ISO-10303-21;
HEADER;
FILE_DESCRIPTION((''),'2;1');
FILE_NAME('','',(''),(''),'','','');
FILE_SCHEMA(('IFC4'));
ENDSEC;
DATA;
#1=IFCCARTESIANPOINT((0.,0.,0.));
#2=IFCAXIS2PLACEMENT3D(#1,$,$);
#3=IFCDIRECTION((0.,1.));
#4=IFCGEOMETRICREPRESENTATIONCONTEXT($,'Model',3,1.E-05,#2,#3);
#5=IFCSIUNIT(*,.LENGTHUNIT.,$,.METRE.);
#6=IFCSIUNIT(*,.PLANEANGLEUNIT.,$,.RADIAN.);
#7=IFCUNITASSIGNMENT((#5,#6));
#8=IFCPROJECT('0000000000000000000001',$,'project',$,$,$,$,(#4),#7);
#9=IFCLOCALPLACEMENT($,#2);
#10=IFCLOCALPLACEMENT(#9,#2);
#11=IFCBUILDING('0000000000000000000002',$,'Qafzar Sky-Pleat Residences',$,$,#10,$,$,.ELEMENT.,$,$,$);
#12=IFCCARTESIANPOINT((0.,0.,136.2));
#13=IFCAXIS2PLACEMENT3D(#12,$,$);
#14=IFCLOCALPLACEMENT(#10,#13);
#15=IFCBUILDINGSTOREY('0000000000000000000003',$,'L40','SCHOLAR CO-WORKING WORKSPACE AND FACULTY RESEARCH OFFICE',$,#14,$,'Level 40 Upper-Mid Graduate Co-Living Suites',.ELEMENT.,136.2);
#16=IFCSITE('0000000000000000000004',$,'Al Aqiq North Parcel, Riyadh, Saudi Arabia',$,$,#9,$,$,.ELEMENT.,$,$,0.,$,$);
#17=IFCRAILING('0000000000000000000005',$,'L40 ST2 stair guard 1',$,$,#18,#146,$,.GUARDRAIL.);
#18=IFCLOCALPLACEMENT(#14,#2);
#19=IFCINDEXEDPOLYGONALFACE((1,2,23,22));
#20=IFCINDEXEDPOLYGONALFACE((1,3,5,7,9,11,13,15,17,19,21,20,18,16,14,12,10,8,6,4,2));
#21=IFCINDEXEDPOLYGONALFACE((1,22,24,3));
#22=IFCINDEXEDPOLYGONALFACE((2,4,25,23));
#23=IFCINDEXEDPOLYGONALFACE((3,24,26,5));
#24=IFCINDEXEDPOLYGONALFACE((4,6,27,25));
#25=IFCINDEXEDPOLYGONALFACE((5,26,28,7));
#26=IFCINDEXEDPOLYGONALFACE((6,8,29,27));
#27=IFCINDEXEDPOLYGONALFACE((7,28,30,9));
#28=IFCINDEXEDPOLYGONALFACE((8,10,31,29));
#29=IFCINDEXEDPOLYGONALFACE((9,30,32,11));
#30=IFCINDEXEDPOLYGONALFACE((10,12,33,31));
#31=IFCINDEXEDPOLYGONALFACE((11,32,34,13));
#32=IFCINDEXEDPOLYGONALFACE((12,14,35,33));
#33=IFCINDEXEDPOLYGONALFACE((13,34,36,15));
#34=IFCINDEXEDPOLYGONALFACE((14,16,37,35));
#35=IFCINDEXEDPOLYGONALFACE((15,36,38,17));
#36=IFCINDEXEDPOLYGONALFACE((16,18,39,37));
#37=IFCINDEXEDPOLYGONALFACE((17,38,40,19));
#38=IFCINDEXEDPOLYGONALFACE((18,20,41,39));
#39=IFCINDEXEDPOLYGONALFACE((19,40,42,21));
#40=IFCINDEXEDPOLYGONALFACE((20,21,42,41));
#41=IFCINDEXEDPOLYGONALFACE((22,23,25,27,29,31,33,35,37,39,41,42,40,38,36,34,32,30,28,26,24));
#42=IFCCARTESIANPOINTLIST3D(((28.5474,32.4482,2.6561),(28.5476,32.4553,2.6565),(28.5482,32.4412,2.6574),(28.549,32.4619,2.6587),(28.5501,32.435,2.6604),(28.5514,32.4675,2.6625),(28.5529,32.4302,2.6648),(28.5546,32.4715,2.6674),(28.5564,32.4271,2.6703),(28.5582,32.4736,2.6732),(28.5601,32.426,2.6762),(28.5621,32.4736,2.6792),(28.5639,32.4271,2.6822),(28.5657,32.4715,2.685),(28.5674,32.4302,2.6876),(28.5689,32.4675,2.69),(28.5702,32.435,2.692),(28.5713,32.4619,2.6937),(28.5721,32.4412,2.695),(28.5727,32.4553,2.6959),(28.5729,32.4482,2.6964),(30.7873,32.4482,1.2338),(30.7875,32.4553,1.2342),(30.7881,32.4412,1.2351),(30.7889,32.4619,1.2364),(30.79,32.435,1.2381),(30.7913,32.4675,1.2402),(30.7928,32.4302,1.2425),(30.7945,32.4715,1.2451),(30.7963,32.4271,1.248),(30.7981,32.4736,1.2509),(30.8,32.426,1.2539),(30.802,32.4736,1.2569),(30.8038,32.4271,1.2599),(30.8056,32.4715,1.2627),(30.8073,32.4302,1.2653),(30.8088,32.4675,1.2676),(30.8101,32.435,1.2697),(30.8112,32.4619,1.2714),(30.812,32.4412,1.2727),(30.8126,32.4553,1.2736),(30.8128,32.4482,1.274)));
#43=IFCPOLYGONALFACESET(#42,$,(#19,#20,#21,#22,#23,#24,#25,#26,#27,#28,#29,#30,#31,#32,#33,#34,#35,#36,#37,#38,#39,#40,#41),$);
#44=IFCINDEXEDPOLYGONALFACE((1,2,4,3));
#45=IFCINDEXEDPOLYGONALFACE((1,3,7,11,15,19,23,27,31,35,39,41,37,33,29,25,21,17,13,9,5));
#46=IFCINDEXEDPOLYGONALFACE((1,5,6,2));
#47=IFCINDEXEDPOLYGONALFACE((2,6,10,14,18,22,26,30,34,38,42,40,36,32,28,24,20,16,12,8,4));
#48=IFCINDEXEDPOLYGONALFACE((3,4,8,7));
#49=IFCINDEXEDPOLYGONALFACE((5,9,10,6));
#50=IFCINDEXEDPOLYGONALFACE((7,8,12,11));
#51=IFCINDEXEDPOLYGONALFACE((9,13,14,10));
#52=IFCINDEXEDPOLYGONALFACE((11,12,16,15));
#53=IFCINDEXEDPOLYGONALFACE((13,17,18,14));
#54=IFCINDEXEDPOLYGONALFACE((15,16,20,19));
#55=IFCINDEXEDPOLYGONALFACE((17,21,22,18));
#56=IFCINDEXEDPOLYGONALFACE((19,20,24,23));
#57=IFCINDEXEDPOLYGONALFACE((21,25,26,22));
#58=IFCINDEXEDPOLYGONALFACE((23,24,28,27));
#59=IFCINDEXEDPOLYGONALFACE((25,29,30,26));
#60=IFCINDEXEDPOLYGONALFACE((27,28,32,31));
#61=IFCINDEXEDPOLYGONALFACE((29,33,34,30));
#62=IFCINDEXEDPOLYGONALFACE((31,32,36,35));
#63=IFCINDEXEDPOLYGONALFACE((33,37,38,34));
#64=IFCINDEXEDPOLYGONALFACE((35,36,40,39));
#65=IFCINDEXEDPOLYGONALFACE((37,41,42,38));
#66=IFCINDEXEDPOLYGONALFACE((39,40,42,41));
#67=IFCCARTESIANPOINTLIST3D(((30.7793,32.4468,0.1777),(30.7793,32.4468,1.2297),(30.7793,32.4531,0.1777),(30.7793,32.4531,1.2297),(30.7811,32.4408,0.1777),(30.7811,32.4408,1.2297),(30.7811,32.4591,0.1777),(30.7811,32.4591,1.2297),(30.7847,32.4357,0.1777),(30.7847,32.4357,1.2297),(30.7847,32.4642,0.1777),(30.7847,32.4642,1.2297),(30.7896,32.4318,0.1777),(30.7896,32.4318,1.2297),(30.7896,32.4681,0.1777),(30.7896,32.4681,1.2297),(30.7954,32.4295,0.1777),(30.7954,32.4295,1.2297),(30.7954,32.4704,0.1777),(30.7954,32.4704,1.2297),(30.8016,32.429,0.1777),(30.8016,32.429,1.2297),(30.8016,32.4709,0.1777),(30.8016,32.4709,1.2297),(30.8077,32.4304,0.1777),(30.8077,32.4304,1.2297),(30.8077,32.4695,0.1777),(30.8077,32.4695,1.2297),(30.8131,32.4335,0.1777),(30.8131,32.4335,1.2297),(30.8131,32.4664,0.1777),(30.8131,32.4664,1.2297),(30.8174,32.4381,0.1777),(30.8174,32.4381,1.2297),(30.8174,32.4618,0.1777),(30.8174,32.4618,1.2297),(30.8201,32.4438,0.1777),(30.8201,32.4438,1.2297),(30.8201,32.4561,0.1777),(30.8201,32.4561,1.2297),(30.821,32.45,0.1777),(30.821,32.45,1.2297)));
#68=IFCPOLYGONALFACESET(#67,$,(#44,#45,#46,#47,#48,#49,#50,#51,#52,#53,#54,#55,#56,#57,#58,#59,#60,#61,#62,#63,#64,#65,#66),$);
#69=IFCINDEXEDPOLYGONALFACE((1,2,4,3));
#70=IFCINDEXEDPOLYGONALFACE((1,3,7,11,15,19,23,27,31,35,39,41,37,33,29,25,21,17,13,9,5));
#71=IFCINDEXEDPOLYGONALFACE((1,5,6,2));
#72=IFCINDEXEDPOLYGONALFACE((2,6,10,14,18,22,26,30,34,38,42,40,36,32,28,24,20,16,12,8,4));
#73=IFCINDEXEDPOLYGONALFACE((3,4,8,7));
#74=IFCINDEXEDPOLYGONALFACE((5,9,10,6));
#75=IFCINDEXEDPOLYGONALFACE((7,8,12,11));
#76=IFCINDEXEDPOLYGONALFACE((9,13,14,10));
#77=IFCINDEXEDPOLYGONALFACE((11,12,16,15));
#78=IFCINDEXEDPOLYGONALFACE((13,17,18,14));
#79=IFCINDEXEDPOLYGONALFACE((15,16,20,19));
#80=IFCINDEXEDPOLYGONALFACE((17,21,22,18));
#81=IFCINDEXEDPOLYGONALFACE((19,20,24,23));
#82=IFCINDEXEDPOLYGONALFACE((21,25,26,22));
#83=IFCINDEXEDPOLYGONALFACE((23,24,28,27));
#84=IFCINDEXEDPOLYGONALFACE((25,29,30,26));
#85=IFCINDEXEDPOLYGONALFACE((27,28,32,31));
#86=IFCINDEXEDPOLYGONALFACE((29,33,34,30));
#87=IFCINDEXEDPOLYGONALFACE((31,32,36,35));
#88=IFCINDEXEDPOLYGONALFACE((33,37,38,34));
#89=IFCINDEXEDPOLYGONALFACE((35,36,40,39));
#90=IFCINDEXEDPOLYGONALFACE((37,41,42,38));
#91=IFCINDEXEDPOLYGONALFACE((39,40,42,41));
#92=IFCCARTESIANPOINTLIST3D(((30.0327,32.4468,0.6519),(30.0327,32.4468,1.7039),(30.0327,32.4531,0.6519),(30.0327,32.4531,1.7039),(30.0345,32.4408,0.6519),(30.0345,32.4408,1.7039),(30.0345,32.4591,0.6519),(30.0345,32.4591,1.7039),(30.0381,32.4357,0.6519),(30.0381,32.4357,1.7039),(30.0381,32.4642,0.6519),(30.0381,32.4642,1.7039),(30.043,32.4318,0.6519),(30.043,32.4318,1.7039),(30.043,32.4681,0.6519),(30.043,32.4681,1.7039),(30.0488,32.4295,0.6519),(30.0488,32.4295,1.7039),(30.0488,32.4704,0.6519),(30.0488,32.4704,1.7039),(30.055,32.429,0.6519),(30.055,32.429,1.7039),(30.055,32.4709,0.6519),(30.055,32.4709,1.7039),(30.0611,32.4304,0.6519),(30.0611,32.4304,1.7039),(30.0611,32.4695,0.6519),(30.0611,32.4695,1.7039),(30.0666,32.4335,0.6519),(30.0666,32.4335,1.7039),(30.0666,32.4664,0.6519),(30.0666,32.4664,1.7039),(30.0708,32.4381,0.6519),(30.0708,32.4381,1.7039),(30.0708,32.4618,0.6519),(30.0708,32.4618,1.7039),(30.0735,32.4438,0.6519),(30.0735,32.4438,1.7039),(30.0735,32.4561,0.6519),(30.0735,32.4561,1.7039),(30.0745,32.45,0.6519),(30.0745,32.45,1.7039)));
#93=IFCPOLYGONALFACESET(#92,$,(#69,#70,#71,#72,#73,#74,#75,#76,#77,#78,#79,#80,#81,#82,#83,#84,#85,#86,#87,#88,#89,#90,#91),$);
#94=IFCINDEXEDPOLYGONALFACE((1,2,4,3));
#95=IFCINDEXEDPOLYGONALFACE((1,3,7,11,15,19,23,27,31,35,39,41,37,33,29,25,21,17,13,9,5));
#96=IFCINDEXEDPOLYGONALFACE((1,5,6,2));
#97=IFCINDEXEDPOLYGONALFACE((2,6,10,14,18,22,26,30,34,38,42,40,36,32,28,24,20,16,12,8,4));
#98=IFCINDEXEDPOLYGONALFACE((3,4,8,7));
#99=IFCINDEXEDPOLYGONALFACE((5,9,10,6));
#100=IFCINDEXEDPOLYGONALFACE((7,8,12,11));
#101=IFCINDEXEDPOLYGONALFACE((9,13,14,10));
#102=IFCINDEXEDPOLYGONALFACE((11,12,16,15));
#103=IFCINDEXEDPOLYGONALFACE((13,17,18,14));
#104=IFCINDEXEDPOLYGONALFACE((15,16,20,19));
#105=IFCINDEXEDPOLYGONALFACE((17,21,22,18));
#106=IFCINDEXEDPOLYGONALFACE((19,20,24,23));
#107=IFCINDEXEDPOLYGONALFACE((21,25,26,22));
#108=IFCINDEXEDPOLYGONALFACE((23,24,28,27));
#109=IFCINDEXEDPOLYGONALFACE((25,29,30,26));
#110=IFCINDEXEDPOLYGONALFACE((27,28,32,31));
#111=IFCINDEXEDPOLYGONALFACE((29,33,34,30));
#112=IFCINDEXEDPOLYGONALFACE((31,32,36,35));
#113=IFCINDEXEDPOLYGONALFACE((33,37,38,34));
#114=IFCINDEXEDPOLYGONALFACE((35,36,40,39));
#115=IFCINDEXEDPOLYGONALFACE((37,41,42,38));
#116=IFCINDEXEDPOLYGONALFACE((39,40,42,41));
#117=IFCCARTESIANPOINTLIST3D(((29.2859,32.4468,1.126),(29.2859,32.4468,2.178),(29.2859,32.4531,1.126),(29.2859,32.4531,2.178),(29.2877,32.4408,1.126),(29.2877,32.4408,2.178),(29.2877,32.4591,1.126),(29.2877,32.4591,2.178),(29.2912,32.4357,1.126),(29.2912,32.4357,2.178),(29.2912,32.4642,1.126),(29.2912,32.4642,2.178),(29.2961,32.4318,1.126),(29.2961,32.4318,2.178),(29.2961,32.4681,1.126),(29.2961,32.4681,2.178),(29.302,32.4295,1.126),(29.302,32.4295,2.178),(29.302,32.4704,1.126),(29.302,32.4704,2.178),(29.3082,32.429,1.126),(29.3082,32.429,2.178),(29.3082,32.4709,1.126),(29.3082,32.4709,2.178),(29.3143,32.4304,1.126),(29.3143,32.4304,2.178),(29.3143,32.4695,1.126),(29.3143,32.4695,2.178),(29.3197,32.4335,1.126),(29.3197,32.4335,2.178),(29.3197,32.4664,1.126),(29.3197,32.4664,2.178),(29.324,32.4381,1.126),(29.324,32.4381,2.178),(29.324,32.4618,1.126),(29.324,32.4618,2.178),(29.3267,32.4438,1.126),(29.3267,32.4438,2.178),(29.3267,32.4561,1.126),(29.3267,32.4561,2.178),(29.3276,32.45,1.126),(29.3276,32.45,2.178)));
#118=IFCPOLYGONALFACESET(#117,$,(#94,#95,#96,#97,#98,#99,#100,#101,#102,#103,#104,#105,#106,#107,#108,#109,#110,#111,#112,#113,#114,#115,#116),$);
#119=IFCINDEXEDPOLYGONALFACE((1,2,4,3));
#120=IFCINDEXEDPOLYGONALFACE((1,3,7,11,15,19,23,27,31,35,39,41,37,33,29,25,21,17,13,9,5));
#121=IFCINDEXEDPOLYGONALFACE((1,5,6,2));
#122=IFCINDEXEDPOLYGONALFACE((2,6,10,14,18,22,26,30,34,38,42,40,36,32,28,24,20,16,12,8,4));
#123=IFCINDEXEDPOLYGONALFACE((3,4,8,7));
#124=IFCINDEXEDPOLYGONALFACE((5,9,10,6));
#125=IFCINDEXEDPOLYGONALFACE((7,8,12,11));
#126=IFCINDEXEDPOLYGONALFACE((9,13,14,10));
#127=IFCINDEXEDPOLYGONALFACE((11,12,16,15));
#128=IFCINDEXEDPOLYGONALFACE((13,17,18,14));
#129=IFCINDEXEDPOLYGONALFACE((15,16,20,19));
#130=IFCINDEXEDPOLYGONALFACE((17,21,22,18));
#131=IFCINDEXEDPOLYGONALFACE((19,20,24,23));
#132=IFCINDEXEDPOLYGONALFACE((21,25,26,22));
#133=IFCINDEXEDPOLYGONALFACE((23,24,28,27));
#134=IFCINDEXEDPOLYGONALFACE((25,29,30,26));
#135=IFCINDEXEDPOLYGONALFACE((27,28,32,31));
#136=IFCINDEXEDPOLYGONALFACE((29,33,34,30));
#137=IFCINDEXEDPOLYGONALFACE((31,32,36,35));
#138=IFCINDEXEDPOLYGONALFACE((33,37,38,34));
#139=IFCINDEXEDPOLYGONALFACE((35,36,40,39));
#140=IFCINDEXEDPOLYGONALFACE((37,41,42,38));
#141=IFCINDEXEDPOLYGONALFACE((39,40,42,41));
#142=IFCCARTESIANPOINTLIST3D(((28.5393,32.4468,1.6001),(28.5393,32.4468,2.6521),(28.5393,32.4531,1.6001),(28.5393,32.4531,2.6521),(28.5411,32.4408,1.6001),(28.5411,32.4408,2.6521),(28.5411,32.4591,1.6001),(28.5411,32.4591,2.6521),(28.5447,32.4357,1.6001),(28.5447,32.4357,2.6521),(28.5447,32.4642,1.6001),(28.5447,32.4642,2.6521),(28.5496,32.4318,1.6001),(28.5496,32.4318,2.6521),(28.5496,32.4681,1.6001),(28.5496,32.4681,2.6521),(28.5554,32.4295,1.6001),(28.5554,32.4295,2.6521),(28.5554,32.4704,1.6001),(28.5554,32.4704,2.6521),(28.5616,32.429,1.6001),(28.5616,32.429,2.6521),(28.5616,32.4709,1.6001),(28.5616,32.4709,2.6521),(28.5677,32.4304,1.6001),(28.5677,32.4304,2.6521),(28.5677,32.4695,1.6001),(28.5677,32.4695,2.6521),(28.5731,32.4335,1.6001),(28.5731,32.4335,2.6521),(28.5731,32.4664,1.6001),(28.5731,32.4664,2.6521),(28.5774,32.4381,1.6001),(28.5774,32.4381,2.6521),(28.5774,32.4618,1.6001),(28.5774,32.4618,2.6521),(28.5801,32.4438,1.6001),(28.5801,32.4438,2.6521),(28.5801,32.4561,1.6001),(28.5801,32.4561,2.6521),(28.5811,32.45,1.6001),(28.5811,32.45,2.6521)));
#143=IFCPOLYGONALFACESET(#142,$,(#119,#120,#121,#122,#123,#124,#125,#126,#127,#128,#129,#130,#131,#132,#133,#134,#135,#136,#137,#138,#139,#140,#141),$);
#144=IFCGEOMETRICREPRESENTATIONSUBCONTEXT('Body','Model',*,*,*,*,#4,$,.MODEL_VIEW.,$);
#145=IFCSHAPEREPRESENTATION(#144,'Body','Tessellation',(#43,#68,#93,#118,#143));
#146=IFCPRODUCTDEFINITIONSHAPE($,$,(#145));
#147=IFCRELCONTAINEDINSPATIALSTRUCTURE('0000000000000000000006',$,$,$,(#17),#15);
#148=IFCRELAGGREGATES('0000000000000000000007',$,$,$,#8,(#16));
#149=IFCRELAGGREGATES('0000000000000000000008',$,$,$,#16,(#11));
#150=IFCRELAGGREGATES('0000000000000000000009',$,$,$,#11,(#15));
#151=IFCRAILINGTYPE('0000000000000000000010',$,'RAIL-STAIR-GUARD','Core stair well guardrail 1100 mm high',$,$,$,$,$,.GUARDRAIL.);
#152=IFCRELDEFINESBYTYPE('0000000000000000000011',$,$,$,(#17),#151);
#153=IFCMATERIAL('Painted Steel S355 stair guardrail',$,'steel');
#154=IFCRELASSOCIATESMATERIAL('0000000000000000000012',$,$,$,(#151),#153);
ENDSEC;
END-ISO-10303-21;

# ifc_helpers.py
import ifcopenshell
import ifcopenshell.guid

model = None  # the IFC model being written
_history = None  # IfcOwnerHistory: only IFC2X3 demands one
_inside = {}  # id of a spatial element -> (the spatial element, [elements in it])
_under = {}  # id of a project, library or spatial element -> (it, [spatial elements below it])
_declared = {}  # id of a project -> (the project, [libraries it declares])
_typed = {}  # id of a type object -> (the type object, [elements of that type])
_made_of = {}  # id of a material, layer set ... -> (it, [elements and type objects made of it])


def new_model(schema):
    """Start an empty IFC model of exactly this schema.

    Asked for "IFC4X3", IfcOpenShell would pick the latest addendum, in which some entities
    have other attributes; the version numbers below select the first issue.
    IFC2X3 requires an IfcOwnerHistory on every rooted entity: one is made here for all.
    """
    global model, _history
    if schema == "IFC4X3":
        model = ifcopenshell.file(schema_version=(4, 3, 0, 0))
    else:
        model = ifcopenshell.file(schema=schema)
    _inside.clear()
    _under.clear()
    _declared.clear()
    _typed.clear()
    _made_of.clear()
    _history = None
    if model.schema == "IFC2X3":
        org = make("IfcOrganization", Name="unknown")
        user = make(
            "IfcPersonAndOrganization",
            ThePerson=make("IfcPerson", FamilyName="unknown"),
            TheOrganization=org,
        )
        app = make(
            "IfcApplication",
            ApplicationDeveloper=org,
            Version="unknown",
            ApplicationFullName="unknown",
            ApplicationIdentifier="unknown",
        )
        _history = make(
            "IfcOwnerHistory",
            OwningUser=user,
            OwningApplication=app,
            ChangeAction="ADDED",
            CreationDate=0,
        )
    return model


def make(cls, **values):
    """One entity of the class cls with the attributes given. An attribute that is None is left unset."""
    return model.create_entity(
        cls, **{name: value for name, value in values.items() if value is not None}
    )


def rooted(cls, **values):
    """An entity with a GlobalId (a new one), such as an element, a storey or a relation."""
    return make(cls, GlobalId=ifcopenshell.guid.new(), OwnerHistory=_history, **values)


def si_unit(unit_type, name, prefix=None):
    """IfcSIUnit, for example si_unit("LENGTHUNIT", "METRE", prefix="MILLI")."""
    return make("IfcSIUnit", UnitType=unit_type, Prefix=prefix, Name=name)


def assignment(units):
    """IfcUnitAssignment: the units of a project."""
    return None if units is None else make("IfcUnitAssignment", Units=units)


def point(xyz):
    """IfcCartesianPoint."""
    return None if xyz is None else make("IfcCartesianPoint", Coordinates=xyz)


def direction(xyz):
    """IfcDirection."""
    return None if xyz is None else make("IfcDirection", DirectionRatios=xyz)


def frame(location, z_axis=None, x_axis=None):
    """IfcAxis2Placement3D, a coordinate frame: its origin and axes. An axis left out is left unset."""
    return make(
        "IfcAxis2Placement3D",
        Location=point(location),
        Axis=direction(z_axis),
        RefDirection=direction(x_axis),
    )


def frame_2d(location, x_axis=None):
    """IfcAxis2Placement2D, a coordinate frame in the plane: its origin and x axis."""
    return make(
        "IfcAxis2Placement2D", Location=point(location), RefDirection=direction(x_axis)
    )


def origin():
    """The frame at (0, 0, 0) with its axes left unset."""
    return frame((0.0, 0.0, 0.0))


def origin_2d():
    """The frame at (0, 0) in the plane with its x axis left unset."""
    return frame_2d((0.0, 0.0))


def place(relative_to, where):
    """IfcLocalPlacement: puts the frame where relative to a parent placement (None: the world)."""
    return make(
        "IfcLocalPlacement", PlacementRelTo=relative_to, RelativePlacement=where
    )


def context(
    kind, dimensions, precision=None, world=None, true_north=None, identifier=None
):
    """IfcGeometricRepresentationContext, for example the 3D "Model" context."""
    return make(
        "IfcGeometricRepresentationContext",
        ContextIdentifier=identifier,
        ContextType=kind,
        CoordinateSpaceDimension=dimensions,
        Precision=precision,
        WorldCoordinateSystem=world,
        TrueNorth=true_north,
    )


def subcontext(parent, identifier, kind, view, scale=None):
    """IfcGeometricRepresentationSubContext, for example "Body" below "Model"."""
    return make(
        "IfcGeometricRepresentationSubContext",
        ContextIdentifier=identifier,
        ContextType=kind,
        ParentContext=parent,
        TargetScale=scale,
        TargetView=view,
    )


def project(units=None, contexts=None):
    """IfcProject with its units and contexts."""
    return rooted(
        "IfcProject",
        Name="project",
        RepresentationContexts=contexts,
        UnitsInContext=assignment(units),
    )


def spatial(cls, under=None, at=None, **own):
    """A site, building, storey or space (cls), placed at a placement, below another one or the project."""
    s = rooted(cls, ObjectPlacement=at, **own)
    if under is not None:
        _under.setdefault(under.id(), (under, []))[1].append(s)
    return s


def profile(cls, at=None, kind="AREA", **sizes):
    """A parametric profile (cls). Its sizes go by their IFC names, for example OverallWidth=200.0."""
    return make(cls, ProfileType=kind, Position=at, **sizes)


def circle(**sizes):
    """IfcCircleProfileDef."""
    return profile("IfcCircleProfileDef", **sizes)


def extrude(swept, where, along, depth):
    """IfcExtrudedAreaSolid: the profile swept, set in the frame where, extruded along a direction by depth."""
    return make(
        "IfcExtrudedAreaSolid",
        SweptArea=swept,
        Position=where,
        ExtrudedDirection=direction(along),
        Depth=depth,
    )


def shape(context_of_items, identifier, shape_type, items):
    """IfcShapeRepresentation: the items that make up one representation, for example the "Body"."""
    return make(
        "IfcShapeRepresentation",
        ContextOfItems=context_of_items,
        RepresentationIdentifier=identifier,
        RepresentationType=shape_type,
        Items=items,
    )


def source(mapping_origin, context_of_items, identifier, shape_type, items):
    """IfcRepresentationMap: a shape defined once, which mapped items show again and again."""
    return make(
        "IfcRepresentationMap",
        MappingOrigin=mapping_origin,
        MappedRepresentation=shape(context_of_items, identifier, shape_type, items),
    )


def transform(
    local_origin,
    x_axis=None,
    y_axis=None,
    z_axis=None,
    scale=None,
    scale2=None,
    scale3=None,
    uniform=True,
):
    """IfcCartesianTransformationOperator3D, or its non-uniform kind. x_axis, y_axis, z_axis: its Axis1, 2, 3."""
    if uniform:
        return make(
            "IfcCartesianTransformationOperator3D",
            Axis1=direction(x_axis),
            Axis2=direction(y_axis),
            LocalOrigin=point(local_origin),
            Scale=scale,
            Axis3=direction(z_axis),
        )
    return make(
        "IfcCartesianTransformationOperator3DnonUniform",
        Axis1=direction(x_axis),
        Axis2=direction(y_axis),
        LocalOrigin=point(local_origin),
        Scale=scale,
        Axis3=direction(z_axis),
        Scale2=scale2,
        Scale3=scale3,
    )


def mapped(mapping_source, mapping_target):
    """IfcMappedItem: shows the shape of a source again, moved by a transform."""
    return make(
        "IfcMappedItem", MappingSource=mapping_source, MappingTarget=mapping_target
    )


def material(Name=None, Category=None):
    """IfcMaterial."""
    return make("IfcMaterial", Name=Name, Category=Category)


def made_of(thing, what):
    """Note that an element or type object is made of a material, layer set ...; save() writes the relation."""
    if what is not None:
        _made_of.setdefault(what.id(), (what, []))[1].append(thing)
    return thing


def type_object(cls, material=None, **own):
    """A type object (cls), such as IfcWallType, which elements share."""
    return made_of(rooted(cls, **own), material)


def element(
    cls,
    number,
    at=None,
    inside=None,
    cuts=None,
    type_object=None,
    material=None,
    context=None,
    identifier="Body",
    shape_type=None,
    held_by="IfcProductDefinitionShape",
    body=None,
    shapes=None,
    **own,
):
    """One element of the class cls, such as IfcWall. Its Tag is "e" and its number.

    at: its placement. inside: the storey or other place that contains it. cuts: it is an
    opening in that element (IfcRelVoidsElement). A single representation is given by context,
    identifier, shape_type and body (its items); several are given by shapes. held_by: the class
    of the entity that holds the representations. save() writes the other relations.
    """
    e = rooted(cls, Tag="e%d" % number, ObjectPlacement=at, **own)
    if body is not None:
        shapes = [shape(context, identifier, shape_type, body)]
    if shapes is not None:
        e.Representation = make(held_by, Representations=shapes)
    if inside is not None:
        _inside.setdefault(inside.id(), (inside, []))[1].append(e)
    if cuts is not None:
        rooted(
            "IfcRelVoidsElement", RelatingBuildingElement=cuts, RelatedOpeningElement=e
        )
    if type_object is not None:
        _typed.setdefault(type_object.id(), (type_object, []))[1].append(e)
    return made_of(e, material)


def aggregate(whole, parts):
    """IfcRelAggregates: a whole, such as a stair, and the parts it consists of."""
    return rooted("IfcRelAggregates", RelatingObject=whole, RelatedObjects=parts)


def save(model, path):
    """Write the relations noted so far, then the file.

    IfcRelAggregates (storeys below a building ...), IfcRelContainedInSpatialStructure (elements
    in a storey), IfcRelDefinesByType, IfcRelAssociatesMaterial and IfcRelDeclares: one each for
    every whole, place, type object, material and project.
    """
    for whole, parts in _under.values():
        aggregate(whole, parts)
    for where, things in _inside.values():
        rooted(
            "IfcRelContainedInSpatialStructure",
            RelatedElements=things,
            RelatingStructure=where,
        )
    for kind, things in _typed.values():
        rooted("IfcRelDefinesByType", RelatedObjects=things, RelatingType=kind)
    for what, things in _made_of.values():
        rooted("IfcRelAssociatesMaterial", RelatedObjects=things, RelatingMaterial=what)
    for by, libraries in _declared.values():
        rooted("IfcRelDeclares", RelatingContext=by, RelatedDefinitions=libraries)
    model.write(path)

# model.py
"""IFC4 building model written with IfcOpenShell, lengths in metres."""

from ifc_helpers import new_model, si_unit, direction, frame, origin, origin_2d, place, context, subcontext, project, spatial, circle, extrude, source, transform, mapped, material, type_object, element, save


model = new_model("IFC4")

# Units and contexts
model_context = context("Model", 3, precision=1e-05, world=origin(), true_north=direction((0.0, 1.0)))
body_context = subcontext(model_context, "Body", "Model", "MODEL_VIEW")
ifc_project = project(units=[si_unit("LENGTHUNIT", "METRE"), si_unit("PLANEANGLEUNIT", "RADIAN")], contexts=[model_context])

# Site, building, storey
site_placement = place(None, origin())
site = spatial("IfcSite", under=ifc_project, at=site_placement, Name="Al Aqiq North Parcel, Riyadh, Saudi Arabia", CompositionType="ELEMENT", RefElevation=0.0)
building_placement = place(site_placement, origin())
building = spatial("IfcBuilding", under=site, at=building_placement, Name="Qafzar Sky-Pleat Residences", CompositionType="ELEMENT")
storey_placement = place(building_placement, frame((0.0, 0.0, 136.2)))
storey = spatial("IfcBuildingStorey", under=building, at=storey_placement, Name="L40", Description="SCHOLAR CO-WORKING WORKSPACE AND FACULTY RESEARCH OFFICE", LongName="Level 40 Upper-Mid Graduate Co-Living Suites", CompositionType="ELEMENT", Elevation=136.2)

# Railing
ifc_material_1 = material(Name="Painted Steel S355 stair guardrail", Category="steel")
railing_type_1 = type_object("IfcRailingType", Name="RAIL-STAIR-GUARD", Description="Core stair well guardrail 1100 mm high", PredefinedType="GUARDRAIL", material=ifc_material_1)
shared_shape_1 = source(origin(), body_context, "Body", "SweptSolid", [
    extrude(circle(Radius=0.0239, at=origin_2d()), frame((0.0, 0.0, 1.0762), z_axis=(-0.844188, 0.0, 0.536048), x_axis=(0.0, -1.0, 0.0)), (0.0, 0.0, 1.0), 2.6533),
    extrude(circle(Radius=0.021, at=origin_2d()), origin(), (0.0, 0.0, 1.0), 1.052),
    extrude(circle(Radius=0.021, at=origin_2d()), frame((-0.7466, 0.0, 0.4741)), (0.0, 0.0, 1.0), 1.052),
    extrude(circle(Radius=0.021, at=origin_2d()), frame((-1.4934, 0.0, 0.9482)), (0.0, 0.0, 1.0), 1.052),
    extrude(circle(Radius=0.021, at=origin_2d()), frame((-2.24, 0.0, 1.4224)), (0.0, 0.0, 1.0), 1.052),
])
railing_1_placement = place(storey_placement, frame((30.8, 32.45, 0.1777)))
element("IfcRailing", 1, at=railing_1_placement, inside=storey, type_object=railing_type_1, Name="L40 ST2 stair guard 1", PredefinedType="GUARDRAIL", context=body_context, shape_type="MappedRepresentation", body=[
    mapped(shared_shape_1, transform((0.0, 0.0, 0.0), x_axis=(1.0, 0.0, 0.0), y_axis=(0.0, 1.0, 0.0), z_axis=(0.0, 0.0, 1.0), scale=1.0)),
])

save(model, "model.ifc")
